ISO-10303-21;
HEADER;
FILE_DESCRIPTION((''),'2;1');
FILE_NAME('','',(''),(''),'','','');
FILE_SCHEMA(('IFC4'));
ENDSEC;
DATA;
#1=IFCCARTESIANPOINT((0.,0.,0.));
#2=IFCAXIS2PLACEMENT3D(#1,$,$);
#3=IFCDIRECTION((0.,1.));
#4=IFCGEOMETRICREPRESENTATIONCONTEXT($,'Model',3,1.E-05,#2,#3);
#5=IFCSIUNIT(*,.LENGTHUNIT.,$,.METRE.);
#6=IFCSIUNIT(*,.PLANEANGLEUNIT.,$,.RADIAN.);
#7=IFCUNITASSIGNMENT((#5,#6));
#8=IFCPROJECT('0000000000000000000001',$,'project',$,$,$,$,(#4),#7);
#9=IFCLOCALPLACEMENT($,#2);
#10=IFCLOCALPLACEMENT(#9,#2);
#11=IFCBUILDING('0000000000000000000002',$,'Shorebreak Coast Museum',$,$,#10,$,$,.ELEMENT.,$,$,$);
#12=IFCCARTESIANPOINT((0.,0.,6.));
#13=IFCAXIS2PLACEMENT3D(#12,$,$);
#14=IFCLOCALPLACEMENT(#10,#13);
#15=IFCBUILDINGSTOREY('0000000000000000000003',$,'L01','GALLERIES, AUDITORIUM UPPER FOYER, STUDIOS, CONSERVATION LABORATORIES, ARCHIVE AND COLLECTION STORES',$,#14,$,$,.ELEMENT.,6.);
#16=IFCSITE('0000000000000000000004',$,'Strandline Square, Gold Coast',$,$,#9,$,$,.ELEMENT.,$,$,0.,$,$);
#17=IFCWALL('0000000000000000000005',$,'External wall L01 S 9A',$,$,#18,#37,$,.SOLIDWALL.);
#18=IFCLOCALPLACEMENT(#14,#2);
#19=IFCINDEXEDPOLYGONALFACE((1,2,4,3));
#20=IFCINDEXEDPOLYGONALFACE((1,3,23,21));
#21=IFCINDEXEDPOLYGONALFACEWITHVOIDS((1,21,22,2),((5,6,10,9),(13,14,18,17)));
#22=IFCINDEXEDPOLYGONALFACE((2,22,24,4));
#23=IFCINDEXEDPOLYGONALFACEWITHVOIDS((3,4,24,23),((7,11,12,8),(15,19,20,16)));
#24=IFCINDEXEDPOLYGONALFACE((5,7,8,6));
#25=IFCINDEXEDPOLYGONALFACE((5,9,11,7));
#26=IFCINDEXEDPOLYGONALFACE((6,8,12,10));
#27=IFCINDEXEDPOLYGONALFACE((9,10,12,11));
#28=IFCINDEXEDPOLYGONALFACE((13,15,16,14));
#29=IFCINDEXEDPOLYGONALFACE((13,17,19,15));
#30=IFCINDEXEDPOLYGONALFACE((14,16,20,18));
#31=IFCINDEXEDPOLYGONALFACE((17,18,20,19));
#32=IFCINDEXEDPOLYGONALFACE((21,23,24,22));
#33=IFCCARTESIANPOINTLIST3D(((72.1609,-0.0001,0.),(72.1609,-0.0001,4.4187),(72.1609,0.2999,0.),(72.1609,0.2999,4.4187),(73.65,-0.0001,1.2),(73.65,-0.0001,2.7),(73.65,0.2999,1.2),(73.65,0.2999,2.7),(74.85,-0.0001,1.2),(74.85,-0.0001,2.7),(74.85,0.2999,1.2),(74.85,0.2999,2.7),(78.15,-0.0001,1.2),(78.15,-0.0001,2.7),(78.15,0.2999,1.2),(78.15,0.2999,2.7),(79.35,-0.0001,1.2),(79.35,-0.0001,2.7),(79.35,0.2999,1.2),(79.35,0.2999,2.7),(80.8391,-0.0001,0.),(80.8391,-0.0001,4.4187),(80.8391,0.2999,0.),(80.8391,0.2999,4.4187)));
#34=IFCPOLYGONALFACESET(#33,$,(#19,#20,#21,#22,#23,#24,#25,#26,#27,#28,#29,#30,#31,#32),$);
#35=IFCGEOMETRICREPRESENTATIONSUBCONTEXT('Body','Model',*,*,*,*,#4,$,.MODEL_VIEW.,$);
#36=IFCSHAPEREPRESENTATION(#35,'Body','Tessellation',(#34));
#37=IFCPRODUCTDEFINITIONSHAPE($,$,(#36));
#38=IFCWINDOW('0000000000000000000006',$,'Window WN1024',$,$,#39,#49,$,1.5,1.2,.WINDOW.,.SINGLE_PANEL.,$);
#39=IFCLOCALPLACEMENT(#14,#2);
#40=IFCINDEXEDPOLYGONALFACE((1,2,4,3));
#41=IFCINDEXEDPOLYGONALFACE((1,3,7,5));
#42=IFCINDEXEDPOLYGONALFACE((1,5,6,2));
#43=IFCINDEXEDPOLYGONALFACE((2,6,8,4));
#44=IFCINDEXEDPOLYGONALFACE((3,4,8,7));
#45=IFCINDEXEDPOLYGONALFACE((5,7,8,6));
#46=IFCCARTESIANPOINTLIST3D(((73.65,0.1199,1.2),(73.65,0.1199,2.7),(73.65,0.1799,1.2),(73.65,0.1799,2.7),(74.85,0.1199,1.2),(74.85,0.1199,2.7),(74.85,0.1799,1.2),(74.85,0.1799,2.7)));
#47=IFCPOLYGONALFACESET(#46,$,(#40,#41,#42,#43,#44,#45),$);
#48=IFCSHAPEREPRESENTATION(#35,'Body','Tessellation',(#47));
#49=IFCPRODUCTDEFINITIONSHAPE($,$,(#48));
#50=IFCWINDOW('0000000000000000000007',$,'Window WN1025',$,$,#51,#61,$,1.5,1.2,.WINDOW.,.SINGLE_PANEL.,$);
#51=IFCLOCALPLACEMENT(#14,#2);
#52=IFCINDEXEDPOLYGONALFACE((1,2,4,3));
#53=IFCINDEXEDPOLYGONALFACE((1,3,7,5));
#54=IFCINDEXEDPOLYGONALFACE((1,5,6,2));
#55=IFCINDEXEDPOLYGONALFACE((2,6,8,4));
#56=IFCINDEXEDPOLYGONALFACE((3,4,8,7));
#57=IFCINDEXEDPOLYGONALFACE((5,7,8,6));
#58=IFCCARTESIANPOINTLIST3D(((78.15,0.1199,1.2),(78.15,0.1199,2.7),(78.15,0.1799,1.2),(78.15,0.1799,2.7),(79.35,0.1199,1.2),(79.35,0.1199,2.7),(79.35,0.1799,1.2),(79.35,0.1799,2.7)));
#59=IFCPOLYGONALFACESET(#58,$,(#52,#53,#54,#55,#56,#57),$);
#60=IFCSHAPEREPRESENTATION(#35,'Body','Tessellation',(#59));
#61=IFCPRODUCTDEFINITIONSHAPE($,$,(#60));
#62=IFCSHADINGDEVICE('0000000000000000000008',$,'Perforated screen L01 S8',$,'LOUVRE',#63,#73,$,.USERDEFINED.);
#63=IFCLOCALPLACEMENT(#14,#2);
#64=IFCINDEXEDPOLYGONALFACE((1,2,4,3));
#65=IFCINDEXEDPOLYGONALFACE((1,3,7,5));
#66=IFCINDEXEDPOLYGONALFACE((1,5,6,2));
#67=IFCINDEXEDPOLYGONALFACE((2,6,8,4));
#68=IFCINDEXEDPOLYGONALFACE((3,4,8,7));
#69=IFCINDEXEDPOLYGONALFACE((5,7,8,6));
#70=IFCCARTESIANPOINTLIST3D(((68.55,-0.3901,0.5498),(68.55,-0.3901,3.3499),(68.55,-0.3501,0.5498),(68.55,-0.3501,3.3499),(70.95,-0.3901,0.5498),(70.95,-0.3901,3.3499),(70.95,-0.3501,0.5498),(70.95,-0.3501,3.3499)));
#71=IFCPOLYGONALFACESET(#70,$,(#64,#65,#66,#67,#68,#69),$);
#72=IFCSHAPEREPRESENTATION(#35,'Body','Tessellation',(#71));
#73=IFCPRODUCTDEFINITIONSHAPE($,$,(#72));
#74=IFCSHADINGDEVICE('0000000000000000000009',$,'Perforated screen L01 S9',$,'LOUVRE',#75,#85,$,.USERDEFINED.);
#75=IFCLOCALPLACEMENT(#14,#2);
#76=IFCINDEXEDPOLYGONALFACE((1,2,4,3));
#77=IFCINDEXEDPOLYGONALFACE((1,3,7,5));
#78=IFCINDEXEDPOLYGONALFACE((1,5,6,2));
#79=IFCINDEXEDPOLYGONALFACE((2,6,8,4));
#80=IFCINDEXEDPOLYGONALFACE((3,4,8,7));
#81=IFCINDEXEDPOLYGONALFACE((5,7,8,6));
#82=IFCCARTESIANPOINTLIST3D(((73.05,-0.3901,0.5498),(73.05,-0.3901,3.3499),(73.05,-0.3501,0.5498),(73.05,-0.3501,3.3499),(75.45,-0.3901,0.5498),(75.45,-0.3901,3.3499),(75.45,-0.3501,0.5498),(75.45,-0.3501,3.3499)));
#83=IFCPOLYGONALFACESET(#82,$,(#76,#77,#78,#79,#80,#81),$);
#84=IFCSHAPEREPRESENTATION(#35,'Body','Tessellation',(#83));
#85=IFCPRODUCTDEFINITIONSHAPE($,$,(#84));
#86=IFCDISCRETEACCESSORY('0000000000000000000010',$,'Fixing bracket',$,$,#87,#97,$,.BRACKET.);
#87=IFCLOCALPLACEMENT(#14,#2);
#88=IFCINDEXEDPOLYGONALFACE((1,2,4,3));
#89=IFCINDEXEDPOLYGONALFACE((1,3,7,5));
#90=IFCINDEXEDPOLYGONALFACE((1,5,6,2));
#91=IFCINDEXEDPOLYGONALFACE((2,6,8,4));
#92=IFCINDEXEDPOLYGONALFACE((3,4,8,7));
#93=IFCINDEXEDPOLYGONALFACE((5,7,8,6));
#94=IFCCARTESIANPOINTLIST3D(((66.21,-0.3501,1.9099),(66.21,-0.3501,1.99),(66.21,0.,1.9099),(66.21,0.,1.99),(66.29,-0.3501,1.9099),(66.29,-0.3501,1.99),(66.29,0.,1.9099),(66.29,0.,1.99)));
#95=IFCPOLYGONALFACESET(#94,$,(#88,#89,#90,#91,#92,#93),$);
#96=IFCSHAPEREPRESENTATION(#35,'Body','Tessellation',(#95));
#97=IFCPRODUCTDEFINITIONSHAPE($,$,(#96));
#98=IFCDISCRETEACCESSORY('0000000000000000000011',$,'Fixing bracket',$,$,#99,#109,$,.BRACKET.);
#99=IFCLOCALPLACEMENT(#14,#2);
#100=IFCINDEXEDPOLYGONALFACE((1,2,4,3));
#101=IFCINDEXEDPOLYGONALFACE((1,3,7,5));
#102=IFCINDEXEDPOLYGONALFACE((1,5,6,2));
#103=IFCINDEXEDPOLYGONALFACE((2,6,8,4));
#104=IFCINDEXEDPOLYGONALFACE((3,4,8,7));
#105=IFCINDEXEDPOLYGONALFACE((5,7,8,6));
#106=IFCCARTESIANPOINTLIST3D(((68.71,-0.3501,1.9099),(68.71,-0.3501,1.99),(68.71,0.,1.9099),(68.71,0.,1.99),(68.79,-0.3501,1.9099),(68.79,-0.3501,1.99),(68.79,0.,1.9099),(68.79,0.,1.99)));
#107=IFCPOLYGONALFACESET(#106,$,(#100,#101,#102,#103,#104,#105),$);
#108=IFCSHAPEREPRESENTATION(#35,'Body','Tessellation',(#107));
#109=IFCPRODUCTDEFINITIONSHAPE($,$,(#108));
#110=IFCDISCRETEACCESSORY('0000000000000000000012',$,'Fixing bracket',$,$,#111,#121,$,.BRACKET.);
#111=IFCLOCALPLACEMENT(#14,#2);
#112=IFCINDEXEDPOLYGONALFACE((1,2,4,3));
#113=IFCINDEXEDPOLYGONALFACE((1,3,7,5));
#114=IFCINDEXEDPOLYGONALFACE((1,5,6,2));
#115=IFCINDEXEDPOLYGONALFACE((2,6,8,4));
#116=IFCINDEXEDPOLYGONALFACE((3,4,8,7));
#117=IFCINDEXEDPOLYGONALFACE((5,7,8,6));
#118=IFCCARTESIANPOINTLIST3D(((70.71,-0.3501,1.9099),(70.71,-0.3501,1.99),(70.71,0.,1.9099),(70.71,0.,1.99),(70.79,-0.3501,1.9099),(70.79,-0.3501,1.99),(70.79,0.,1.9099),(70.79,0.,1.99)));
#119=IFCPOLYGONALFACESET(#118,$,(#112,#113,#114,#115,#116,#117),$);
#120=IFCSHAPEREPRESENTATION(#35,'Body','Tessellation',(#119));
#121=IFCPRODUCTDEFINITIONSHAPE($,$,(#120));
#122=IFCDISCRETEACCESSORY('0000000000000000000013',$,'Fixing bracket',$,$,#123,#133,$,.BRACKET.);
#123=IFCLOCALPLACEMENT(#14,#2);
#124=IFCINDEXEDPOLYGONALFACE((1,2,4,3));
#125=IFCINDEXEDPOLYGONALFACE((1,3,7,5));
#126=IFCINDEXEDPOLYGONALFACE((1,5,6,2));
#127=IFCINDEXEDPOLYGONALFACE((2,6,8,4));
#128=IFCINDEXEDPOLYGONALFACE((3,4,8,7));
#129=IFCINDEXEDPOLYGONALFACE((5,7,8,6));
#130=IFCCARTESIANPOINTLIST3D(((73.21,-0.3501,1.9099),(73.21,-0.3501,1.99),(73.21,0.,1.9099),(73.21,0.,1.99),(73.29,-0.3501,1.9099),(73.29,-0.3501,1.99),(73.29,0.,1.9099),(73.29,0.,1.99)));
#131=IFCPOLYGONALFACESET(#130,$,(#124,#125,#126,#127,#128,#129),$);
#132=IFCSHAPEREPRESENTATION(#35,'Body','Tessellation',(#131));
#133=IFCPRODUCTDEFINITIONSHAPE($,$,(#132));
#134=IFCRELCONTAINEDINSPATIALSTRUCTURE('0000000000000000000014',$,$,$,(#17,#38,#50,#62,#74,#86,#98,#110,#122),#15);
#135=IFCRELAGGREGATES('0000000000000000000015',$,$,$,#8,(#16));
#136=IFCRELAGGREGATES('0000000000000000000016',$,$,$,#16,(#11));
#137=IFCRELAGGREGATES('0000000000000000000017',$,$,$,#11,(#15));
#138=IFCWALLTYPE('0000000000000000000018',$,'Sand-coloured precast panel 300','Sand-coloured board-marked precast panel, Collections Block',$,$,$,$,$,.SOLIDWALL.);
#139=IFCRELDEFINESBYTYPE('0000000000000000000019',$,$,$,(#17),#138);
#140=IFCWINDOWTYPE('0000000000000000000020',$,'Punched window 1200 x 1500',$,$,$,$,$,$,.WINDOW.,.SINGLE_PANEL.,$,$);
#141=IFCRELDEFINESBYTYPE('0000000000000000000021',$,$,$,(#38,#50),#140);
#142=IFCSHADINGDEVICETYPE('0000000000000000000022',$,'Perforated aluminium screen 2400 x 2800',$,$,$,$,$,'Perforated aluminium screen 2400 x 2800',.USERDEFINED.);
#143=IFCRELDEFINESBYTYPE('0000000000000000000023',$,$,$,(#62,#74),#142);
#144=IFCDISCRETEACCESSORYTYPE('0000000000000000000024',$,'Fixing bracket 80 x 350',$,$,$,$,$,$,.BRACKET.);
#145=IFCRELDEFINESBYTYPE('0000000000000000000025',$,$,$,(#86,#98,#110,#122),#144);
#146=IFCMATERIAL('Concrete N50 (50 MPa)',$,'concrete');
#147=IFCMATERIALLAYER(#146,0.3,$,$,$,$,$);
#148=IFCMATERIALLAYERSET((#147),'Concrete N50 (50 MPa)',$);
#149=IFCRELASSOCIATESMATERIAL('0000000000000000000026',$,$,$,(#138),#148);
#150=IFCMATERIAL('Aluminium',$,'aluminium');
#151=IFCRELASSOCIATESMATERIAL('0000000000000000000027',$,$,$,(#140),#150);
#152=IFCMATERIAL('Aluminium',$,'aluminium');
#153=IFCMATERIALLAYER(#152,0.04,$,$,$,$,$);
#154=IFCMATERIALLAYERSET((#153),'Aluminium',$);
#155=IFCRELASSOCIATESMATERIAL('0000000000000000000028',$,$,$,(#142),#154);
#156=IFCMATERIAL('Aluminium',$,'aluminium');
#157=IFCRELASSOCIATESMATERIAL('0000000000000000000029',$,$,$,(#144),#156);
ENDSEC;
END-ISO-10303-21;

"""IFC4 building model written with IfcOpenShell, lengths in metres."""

from ifc_helpers import new_model, si_unit, direction, frame, frame_2d, origin, origin_2d, place, context, subcontext, project, spatial, rectangle, extrude, material, layer, layer_set, type_object, element, fill, save


model = new_model("IFC4")

# Units and contexts
model_context = context("Model", 3, precision=1e-05, world=origin(), true_north=direction((0.0, 1.0)))
body_context = subcontext(model_context, "Body", "Model", "MODEL_VIEW")
ifc_project = project(units=[si_unit("LENGTHUNIT", "METRE"), si_unit("PLANEANGLEUNIT", "RADIAN")], contexts=[model_context])

# Site, building, storey
site_placement = place(None, origin())
site = spatial("IfcSite", under=ifc_project, at=site_placement, Name="Strandline Square, Gold Coast", CompositionType="ELEMENT", RefElevation=0.0)
building_placement = place(site_placement, origin())
building = spatial("IfcBuilding", under=site, at=building_placement, Name="Shorebreak Coast Museum", CompositionType="ELEMENT")
storey_placement = place(building_placement, frame((0.0, 0.0, 6.0)))
storey = spatial("IfcBuildingStorey", under=building, at=storey_placement, Name="L01", Description="GALLERIES, AUDITORIUM UPPER FOYER, STUDIOS, CONSERVATION LABORATORIES, ARCHIVE AND COLLECTION STORES", CompositionType="ELEMENT", Elevation=6.0)

# Wall, openings, windows
ifc_material_1 = material(Name="Concrete N50 (50 MPa)", Category="concrete")
ifc_layer_1 = layer(ifc_material_1, 0.3)
ifc_layer_set_1 = layer_set([ifc_layer_1], Name="Concrete N50 (50 MPa)")
wall_type_1 = type_object("IfcWallType", Name="Sand-coloured precast panel 300", Description="Sand-coloured board-marked precast panel, Collections Block", PredefinedType="SOLIDWALL", material=ifc_layer_set_1)
wall_1_placement = place(storey_placement, frame((72.1609, 0.1499, 0.0), z_axis=(0.0, 0.0, 1.0), x_axis=(1.0, 0.0, 0.0)))
wall_1 = element("IfcWall", 1, at=wall_1_placement, inside=storey, type_object=wall_type_1, Name="External wall L01 S 9A", PredefinedType="SOLIDWALL", context=body_context, shape_type="SweptSolid", body=[
    extrude(rectangle(XDim=8.6782, YDim=0.3, at=frame_2d((4.3391, 0.0))), origin(), (0.0, 0.0, 1.0), 4.4187),
])
opening_1_placement = place(wall_1_placement, frame((1.489, 0.0, 1.2)))
opening_1 = element("IfcOpeningElement", 2, at=opening_1_placement, cuts=wall_1, PredefinedType="OPENING", context=body_context, shape_type="SweptSolid", body=[
    extrude(rectangle(XDim=1.2, YDim=1.5, at=frame_2d((0.6001, 0.75))), frame((0.0, 0.1599, 0.0), z_axis=(0.0, -1.0, 0.0), x_axis=(1.0, 0.0, 0.0)), (0.0, 0.0, 1.0), 0.3201),
])
opening_2_placement = place(wall_1_placement, frame((5.989, 0.0, 1.2)))
opening_2 = element("IfcOpeningElement", 3, at=opening_2_placement, cuts=wall_1, PredefinedType="OPENING", context=body_context, shape_type="SweptSolid", body=[
    extrude(rectangle(XDim=1.2, YDim=1.5, at=frame_2d((0.6001, 0.75))), frame((0.0, 0.1599, 0.0), z_axis=(0.0, -1.0, 0.0), x_axis=(1.0, 0.0, 0.0)), (0.0, 0.0, 1.0), 0.3201),
])
ifc_material_2 = material(Name="Aluminium", Category="aluminium")
window_type = type_object("IfcWindowType", Name="Punched window 1200 x 1500", PartitioningType="SINGLE_PANEL", PredefinedType="WINDOW", material=ifc_material_2)
window_1_placement = place(opening_1_placement, origin())
window_1 = element("IfcWindow", 4, at=window_1_placement, inside=storey, type_object=window_type, Name="Window WN1024", OverallHeight=1.5, OverallWidth=1.2, PartitioningType="SINGLE_PANEL", PredefinedType="WINDOW", context=body_context, shape_type="SweptSolid", body=[
    extrude(rectangle(XDim=1.2, YDim=1.5, at=frame_2d((0.6001, 0.75))), frame((0.0, 0.03, 0.0), z_axis=(0.0, -1.0, 0.0), x_axis=(1.0, 0.0, 0.0)), (0.0, 0.0, 1.0), 0.0601),
])
fill(opening_1, window_1)
window_2_placement = place(opening_2_placement, origin())
window_2 = element("IfcWindow", 5, at=window_2_placement, inside=storey, type_object=window_type, Name="Window WN1025", OverallHeight=1.5, OverallWidth=1.2, PartitioningType="SINGLE_PANEL", PredefinedType="WINDOW", context=body_context, shape_type="SweptSolid", body=[
    extrude(rectangle(XDim=1.2, YDim=1.5, at=frame_2d((0.6001, 0.75))), frame((0.0, 0.03, 0.0), z_axis=(0.0, -1.0, 0.0), x_axis=(1.0, 0.0, 0.0)), (0.0, 0.0, 1.0), 0.0601),
])
fill(opening_2, window_2)

# Shading devices
ifc_material_3 = material(Name="Aluminium", Category="aluminium")
ifc_layer_2 = layer(ifc_material_3, 0.04)
ifc_layer_set_2 = layer_set([ifc_layer_2], Name="Aluminium")
shading_device_type = type_object("IfcShadingDeviceType", Name="Perforated aluminium screen 2400 x 2800", ElementType="Perforated aluminium screen 2400 x 2800", PredefinedType="USERDEFINED", material=ifc_layer_set_2)
for number, where, z_axis, x_axis, name in (
    (6, (69.75, -0.3701, 0.5498), (0.0, 0.0, 1.0), (1.0, 0.0, 0.0), "Perforated screen L01 S8"),
    (7, (74.25, -0.3701, 0.5498), (0.0, 0.0, 1.0), (1.0, 0.0, 0.0), "Perforated screen L01 S9"),
):
    element("IfcShadingDevice", number, at=place(storey_placement, frame(where, z_axis=z_axis, x_axis=x_axis)), inside=storey, type_object=shading_device_type, Name=name, ObjectType="LOUVRE", PredefinedType="USERDEFINED", context=body_context, shape_type="SweptSolid", body=[
        extrude(rectangle(XDim=2.3999, YDim=0.04, at=origin_2d()), origin(), (0.0, 0.0, 1.0), 2.8),
    ])

# Discrete accessories
ifc_material_4 = material(Name="Aluminium", Category="aluminium")
discrete_accessory_type = type_object("IfcDiscreteAccessoryType", Name="Fixing bracket 80 x 350", PredefinedType="BRACKET", material=ifc_material_4)
for number, where, z_axis, x_axis, name in (
    (8, (66.25, -0.175, 1.9099), (0.0, 0.0, 1.0), (1.0, 0.0, 0.0), "Fixing bracket"),
    (9, (68.75, -0.175, 1.9099), (0.0, 0.0, 1.0), (1.0, 0.0, 0.0), "Fixing bracket"),
    (10, (70.75, -0.175, 1.9099), (0.0, 0.0, 1.0), (1.0, 0.0, 0.0), "Fixing bracket"),
    (11, (73.25, -0.175, 1.9099), (0.0, 0.0, 1.0), (1.0, 0.0, 0.0), "Fixing bracket"),
):
    element("IfcDiscreteAccessory", number, at=place(storey_placement, frame(where, z_axis=z_axis, x_axis=x_axis)), inside=storey, type_object=discrete_accessory_type, Name=name, PredefinedType="BRACKET", context=body_context, shape_type="SweptSolid", body=[
        extrude(rectangle(XDim=0.0801, YDim=0.3501, at=origin_2d()), origin(), (0.0, 0.0, 1.0), 0.0801),
    ])

save(model, "model.ifc")
